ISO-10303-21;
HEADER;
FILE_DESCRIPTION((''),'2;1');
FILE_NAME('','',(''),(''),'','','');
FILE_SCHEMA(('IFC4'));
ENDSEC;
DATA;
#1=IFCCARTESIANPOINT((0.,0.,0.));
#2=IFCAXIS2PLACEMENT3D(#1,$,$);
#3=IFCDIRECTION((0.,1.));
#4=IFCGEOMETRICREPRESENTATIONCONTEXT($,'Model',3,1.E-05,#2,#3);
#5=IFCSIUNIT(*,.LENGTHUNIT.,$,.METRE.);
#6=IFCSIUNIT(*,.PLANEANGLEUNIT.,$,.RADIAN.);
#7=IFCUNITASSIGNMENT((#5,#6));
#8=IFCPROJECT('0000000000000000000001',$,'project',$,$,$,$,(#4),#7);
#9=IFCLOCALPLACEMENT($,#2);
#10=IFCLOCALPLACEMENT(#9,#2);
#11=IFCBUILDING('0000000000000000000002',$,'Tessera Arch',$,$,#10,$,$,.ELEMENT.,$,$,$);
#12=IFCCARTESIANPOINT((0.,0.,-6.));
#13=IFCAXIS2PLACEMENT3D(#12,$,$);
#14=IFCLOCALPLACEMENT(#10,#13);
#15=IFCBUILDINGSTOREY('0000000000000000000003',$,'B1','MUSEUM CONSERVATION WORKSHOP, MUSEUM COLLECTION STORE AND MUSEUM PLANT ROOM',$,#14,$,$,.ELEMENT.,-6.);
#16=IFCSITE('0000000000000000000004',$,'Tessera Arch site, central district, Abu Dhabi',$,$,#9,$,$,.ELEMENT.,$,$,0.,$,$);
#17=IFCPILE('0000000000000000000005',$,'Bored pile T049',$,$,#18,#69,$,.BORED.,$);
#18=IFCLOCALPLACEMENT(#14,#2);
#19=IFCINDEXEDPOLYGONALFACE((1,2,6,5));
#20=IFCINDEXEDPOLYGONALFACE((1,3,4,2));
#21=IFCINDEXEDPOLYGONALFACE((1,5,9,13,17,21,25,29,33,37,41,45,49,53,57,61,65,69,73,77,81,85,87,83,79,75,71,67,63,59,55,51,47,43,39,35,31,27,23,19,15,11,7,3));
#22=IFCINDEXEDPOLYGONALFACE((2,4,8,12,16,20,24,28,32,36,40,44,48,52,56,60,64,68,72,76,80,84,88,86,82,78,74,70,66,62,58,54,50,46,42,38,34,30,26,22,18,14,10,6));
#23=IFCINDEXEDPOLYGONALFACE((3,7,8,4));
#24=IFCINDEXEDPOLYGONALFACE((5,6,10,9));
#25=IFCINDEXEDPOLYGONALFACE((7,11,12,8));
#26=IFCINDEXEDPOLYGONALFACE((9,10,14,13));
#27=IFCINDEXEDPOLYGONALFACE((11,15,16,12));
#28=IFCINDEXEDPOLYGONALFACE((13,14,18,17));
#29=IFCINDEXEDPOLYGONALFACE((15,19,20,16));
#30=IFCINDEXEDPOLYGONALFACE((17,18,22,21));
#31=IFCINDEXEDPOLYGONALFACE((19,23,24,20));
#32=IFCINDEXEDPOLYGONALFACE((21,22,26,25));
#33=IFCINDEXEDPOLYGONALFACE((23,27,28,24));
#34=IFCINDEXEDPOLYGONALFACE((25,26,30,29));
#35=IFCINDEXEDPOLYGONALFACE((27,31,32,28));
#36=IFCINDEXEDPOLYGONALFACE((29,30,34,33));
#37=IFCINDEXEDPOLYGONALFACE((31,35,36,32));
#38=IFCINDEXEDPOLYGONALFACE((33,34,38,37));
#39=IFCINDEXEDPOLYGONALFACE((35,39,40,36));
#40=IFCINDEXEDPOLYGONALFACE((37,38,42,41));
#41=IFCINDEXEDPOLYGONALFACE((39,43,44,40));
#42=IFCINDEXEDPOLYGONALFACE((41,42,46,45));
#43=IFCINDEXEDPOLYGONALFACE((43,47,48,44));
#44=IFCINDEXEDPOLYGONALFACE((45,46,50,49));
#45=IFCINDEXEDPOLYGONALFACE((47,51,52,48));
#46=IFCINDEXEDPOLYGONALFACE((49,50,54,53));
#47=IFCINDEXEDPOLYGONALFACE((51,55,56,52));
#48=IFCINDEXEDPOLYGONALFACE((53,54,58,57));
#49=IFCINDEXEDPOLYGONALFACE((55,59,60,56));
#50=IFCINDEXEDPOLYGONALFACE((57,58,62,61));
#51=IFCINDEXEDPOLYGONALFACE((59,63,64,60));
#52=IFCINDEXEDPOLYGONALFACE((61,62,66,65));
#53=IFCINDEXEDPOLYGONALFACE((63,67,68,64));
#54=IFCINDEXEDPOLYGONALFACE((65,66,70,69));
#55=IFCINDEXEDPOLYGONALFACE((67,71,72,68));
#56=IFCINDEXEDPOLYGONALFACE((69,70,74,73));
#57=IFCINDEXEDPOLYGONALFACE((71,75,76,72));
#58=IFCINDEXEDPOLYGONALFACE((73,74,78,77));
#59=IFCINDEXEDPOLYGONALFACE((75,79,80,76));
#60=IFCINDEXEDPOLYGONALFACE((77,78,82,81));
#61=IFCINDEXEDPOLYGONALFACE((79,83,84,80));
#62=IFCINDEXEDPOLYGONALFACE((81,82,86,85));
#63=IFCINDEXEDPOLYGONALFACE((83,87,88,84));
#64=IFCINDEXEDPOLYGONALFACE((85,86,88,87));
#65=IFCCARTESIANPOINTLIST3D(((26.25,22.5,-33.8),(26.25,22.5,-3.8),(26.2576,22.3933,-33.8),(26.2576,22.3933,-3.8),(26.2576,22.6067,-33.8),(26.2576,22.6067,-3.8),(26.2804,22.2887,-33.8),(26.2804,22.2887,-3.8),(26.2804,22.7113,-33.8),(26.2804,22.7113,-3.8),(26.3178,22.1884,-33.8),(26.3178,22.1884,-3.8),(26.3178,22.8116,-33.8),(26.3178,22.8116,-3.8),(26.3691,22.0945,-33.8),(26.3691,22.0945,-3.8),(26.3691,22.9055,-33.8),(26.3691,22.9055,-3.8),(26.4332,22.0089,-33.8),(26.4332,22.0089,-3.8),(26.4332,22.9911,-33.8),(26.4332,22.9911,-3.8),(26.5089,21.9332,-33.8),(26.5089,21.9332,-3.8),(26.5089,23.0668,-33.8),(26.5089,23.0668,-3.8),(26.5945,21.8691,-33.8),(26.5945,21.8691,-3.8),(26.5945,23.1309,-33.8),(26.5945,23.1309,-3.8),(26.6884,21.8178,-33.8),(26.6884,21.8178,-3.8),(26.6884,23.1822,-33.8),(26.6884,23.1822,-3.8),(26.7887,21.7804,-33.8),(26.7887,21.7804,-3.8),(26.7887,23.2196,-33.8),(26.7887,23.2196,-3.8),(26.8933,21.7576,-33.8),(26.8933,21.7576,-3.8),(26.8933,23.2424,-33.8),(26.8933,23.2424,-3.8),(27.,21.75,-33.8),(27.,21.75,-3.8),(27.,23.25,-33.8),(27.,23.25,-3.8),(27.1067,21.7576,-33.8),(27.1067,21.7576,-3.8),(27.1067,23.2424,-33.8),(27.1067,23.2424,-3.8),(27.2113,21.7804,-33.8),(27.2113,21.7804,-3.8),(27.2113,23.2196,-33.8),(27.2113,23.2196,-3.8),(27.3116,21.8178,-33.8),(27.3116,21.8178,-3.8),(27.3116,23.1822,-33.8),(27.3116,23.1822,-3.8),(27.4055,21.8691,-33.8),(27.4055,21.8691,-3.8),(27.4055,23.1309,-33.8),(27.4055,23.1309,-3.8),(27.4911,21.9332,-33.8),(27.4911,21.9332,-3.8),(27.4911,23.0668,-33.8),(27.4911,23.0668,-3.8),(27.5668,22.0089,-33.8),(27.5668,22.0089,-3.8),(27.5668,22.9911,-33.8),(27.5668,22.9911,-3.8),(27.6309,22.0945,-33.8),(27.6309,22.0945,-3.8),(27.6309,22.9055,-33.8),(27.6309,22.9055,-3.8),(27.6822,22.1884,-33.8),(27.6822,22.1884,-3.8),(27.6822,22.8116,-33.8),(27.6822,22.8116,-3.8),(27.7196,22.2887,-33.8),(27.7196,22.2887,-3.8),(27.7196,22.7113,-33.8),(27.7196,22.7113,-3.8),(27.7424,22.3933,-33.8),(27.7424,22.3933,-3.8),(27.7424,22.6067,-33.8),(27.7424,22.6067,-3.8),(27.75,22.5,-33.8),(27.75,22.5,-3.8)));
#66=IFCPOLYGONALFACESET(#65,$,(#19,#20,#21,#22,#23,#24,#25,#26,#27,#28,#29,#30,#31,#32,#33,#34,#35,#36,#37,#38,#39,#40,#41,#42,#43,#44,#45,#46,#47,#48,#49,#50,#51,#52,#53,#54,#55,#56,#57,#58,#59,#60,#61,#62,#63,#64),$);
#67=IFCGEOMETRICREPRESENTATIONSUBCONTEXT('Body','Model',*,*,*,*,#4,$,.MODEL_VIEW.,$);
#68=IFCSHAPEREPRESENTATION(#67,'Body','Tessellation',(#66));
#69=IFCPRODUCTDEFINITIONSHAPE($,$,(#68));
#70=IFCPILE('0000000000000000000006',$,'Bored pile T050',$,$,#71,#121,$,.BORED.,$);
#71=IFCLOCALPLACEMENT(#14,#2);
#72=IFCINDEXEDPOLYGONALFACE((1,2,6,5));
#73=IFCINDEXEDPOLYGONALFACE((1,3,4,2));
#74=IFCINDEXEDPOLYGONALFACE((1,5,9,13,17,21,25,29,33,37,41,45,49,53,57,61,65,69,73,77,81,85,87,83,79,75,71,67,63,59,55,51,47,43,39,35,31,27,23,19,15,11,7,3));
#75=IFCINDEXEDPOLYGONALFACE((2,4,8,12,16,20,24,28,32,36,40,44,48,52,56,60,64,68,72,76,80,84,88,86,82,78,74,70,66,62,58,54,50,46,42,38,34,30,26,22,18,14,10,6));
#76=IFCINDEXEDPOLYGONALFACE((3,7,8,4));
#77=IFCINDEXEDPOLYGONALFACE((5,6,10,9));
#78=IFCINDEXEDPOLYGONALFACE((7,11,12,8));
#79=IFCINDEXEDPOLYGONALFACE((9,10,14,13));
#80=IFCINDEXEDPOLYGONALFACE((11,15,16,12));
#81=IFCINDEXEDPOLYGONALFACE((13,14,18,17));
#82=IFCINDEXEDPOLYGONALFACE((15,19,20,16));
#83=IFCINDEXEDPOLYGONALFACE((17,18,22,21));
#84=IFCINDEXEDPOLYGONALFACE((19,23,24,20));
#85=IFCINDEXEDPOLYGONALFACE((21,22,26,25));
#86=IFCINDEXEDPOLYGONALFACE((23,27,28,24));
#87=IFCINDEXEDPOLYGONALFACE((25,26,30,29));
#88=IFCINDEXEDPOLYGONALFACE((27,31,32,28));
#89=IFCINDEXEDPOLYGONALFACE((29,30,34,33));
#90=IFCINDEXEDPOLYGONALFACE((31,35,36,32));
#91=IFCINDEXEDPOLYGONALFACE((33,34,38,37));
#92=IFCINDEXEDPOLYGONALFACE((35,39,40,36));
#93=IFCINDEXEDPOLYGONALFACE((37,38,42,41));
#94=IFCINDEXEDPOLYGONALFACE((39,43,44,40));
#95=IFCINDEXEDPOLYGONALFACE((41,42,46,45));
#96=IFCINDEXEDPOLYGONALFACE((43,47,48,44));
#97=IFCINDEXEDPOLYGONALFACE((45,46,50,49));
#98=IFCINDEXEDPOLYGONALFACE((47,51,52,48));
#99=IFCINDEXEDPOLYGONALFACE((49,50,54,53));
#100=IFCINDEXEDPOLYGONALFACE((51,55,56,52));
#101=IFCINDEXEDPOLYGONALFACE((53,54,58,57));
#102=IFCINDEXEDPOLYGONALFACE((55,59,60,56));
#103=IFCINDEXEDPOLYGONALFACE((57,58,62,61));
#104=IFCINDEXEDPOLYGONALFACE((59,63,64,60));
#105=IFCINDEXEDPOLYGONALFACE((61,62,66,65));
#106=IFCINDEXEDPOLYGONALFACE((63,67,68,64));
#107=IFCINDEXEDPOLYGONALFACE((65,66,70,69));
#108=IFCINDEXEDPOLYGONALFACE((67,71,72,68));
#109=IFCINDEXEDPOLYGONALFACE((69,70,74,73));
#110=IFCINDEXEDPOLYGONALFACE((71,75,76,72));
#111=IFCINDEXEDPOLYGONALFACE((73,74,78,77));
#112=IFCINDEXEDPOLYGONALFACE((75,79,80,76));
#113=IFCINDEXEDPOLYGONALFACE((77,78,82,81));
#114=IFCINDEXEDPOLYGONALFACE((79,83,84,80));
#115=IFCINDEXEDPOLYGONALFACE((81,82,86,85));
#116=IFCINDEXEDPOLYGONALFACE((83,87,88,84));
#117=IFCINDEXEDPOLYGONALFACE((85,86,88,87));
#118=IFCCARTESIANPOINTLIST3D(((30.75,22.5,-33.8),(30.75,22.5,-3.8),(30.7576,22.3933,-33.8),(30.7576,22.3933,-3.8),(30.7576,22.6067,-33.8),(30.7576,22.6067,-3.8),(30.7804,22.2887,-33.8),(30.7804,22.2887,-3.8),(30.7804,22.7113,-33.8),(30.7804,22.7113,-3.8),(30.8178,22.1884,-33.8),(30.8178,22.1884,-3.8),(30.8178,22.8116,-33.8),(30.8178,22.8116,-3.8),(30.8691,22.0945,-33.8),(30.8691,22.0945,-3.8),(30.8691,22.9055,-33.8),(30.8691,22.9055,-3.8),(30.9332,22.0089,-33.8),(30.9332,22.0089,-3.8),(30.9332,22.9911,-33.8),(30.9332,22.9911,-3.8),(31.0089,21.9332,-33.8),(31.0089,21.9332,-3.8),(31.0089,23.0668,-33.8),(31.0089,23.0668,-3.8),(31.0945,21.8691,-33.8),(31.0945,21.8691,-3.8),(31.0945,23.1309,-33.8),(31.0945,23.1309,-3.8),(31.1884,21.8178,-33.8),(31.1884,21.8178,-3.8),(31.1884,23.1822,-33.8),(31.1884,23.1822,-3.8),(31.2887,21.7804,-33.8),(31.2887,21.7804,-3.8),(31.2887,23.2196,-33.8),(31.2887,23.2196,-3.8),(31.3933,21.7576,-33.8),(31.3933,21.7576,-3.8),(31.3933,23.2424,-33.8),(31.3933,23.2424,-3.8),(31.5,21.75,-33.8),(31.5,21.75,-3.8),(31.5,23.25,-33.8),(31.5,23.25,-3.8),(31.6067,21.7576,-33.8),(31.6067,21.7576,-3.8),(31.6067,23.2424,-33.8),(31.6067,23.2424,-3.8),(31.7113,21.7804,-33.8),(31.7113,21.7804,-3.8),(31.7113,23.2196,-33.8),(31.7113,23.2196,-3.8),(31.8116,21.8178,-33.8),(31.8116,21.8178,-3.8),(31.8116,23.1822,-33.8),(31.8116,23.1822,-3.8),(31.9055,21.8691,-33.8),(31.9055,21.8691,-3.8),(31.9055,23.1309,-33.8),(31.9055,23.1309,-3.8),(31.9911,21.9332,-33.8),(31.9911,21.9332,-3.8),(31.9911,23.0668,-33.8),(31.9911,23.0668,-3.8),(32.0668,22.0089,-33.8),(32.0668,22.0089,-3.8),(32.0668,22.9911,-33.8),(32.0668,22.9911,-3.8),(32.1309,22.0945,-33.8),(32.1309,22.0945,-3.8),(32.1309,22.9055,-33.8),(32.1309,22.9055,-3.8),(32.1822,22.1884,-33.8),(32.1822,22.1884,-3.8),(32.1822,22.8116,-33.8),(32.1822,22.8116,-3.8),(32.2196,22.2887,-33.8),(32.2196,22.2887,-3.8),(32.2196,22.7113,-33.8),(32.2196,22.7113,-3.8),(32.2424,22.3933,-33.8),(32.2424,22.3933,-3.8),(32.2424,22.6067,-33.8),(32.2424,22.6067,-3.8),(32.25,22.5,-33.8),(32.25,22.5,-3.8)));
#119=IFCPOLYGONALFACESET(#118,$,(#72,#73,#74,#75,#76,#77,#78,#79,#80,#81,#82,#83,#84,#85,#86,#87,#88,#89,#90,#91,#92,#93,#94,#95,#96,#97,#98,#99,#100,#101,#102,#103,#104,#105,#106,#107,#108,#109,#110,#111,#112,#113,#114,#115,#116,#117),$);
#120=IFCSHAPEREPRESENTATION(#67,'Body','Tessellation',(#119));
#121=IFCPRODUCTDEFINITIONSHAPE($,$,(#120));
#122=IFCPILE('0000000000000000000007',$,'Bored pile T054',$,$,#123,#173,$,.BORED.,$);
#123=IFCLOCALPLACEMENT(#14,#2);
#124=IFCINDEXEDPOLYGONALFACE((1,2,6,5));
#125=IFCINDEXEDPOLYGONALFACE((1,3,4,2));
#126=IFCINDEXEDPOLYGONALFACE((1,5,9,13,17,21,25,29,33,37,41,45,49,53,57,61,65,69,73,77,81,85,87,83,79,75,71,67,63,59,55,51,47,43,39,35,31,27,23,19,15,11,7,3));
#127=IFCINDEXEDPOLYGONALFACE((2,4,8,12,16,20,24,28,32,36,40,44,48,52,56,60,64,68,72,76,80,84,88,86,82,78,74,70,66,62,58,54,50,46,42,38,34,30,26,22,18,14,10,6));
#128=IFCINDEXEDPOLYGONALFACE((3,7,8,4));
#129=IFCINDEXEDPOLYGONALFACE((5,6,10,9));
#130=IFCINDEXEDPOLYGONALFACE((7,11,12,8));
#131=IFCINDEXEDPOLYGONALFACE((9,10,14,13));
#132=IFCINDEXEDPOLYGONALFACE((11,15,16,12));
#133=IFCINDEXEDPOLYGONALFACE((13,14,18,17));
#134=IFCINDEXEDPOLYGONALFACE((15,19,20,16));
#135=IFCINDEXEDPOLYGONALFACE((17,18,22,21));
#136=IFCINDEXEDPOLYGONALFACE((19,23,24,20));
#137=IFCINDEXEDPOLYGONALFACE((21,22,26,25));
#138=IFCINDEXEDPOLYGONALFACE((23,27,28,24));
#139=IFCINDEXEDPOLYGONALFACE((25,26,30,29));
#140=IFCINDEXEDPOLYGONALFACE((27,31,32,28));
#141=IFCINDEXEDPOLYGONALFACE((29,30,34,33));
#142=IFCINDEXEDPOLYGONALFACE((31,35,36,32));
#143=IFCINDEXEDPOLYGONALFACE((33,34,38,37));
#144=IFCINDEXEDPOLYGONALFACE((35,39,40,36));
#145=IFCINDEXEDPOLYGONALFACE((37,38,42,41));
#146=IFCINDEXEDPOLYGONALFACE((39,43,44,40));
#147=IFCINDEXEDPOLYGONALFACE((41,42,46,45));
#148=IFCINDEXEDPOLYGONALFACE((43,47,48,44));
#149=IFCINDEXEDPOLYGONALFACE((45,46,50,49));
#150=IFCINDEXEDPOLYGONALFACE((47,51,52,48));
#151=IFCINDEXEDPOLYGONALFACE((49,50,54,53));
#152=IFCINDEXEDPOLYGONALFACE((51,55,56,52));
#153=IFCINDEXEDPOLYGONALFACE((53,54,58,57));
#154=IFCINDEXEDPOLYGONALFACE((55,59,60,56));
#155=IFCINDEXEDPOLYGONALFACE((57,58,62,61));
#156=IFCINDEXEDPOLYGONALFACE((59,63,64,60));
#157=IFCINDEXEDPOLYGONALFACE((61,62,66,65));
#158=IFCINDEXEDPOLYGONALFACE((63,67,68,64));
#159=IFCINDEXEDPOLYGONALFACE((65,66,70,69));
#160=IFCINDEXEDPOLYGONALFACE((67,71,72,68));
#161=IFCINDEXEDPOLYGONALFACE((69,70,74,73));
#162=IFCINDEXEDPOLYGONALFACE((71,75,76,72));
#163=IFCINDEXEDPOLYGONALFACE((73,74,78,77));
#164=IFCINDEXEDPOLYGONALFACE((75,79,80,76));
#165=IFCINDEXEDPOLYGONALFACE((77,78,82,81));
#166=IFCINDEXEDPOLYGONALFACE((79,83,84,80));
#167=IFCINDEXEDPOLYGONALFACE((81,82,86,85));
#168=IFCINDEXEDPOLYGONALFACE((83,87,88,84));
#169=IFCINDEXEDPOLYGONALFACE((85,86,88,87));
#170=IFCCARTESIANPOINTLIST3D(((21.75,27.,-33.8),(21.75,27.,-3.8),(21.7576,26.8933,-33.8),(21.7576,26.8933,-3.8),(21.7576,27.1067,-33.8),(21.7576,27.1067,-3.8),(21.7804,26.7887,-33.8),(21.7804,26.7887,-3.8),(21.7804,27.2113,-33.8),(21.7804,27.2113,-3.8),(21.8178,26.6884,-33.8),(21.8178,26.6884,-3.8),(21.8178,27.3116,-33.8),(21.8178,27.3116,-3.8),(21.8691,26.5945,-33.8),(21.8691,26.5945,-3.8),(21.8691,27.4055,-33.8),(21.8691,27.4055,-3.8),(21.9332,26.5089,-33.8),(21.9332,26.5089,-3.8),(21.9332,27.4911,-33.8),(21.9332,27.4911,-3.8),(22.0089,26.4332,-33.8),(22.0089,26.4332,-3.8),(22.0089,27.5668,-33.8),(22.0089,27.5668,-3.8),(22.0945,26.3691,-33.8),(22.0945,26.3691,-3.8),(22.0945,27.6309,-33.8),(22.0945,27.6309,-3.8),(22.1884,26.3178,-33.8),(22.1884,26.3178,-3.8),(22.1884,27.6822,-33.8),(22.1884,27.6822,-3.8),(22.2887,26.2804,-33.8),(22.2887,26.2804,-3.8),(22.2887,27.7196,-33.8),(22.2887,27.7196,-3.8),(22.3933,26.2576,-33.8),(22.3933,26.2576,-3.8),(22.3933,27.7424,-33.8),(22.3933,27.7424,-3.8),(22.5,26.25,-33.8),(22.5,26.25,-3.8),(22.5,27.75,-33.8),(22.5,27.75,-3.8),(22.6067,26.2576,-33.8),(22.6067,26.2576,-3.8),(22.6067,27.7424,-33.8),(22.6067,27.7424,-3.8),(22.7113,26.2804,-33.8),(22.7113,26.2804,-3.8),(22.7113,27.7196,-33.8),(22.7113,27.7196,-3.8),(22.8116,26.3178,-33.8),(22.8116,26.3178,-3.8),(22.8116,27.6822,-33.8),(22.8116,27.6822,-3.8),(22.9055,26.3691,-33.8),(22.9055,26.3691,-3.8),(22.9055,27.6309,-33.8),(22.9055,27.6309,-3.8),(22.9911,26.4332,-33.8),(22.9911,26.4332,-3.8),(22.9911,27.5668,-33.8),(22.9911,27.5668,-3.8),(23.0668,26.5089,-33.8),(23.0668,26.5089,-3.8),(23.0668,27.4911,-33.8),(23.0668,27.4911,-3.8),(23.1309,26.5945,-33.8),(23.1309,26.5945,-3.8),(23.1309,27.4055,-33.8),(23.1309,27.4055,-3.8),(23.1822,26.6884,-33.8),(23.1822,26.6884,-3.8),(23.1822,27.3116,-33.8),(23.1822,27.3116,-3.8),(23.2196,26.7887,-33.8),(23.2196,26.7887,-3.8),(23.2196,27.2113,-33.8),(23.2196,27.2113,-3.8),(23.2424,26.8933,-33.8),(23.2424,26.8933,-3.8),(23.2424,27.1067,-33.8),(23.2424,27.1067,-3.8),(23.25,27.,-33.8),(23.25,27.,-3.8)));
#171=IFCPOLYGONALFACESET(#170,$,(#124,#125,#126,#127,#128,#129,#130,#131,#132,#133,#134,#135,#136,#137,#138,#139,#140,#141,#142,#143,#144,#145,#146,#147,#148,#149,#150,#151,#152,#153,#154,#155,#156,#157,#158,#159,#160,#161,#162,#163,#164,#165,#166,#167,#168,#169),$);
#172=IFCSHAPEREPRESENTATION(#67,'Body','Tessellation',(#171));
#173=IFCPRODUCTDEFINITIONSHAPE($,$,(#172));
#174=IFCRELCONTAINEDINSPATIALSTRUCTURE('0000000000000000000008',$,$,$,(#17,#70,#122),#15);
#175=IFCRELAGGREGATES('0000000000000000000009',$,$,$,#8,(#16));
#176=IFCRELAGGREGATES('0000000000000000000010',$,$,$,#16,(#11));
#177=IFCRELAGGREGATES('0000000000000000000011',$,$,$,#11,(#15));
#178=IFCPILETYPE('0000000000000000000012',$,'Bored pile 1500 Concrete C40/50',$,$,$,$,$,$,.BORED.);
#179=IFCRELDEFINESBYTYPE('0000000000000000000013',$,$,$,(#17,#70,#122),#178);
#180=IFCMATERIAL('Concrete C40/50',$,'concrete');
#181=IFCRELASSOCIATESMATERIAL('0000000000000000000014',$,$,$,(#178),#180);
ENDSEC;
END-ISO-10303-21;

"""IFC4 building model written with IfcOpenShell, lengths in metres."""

from ifc_helpers import new_model, si_unit, direction, frame, origin, origin_2d, place, context, subcontext, project, spatial, circle, extrude, material, type_object, element, save


model = new_model("IFC4")

# Units and contexts
model_context = context("Model", 3, precision=1e-05, world=origin(), true_north=direction((0.0, 1.0)))
body_context = subcontext(model_context, "Body", "Model", "MODEL_VIEW")
ifc_project = project(units=[si_unit("LENGTHUNIT", "METRE"), si_unit("PLANEANGLEUNIT", "RADIAN")], contexts=[model_context])

# Site, building, storey
site_placement = place(None, origin())
site = spatial("IfcSite", under=ifc_project, at=site_placement, Name="Tessera Arch site, central district, Abu Dhabi", CompositionType="ELEMENT", RefElevation=0.0)
building_placement = place(site_placement, origin())
building = spatial("IfcBuilding", under=site, at=building_placement, Name="Tessera Arch", CompositionType="ELEMENT")
storey_placement = place(building_placement, frame((0.0, 0.0, -6.0)))
storey = spatial("IfcBuildingStorey", under=building, at=storey_placement, Name="B1", Description="MUSEUM CONSERVATION WORKSHOP, MUSEUM COLLECTION STORE AND MUSEUM PLANT ROOM", CompositionType="ELEMENT", Elevation=-6.0)

# Piles
ifc_material_1 = material(Name="Concrete C40/50", Category="concrete")
pile_type = type_object("IfcPileType", Name="Bored pile 1500 Concrete C40/50", PredefinedType="BORED", material=ifc_material_1)
for number, where, z_axis, x_axis, name in (
    (1, (27.0, 22.5, -3.8), (0.0, 0.0, -1.0), (1.0, 0.0, 0.0), "Bored pile T049"),
    (2, (31.5, 22.5, -3.8), (0.0, 0.0, -1.0), (1.0, 0.0, 0.0), "Bored pile T050"),
    (3, (22.5, 27.0, -3.8), (0.0, 0.0, -1.0), (1.0, 0.0, 0.0), "Bored pile T054"),
):
    element("IfcPile", number, at=place(storey_placement, frame(where, z_axis=z_axis, x_axis=x_axis)), inside=storey, type_object=pile_type, Name=name, PredefinedType="BORED", context=body_context, shape_type="SweptSolid", body=[
        extrude(circle(Radius=0.75, at=origin_2d()), origin(), (0.0, 0.0, 1.0), 30.0),
    ])

save(model, "model.ifc")
